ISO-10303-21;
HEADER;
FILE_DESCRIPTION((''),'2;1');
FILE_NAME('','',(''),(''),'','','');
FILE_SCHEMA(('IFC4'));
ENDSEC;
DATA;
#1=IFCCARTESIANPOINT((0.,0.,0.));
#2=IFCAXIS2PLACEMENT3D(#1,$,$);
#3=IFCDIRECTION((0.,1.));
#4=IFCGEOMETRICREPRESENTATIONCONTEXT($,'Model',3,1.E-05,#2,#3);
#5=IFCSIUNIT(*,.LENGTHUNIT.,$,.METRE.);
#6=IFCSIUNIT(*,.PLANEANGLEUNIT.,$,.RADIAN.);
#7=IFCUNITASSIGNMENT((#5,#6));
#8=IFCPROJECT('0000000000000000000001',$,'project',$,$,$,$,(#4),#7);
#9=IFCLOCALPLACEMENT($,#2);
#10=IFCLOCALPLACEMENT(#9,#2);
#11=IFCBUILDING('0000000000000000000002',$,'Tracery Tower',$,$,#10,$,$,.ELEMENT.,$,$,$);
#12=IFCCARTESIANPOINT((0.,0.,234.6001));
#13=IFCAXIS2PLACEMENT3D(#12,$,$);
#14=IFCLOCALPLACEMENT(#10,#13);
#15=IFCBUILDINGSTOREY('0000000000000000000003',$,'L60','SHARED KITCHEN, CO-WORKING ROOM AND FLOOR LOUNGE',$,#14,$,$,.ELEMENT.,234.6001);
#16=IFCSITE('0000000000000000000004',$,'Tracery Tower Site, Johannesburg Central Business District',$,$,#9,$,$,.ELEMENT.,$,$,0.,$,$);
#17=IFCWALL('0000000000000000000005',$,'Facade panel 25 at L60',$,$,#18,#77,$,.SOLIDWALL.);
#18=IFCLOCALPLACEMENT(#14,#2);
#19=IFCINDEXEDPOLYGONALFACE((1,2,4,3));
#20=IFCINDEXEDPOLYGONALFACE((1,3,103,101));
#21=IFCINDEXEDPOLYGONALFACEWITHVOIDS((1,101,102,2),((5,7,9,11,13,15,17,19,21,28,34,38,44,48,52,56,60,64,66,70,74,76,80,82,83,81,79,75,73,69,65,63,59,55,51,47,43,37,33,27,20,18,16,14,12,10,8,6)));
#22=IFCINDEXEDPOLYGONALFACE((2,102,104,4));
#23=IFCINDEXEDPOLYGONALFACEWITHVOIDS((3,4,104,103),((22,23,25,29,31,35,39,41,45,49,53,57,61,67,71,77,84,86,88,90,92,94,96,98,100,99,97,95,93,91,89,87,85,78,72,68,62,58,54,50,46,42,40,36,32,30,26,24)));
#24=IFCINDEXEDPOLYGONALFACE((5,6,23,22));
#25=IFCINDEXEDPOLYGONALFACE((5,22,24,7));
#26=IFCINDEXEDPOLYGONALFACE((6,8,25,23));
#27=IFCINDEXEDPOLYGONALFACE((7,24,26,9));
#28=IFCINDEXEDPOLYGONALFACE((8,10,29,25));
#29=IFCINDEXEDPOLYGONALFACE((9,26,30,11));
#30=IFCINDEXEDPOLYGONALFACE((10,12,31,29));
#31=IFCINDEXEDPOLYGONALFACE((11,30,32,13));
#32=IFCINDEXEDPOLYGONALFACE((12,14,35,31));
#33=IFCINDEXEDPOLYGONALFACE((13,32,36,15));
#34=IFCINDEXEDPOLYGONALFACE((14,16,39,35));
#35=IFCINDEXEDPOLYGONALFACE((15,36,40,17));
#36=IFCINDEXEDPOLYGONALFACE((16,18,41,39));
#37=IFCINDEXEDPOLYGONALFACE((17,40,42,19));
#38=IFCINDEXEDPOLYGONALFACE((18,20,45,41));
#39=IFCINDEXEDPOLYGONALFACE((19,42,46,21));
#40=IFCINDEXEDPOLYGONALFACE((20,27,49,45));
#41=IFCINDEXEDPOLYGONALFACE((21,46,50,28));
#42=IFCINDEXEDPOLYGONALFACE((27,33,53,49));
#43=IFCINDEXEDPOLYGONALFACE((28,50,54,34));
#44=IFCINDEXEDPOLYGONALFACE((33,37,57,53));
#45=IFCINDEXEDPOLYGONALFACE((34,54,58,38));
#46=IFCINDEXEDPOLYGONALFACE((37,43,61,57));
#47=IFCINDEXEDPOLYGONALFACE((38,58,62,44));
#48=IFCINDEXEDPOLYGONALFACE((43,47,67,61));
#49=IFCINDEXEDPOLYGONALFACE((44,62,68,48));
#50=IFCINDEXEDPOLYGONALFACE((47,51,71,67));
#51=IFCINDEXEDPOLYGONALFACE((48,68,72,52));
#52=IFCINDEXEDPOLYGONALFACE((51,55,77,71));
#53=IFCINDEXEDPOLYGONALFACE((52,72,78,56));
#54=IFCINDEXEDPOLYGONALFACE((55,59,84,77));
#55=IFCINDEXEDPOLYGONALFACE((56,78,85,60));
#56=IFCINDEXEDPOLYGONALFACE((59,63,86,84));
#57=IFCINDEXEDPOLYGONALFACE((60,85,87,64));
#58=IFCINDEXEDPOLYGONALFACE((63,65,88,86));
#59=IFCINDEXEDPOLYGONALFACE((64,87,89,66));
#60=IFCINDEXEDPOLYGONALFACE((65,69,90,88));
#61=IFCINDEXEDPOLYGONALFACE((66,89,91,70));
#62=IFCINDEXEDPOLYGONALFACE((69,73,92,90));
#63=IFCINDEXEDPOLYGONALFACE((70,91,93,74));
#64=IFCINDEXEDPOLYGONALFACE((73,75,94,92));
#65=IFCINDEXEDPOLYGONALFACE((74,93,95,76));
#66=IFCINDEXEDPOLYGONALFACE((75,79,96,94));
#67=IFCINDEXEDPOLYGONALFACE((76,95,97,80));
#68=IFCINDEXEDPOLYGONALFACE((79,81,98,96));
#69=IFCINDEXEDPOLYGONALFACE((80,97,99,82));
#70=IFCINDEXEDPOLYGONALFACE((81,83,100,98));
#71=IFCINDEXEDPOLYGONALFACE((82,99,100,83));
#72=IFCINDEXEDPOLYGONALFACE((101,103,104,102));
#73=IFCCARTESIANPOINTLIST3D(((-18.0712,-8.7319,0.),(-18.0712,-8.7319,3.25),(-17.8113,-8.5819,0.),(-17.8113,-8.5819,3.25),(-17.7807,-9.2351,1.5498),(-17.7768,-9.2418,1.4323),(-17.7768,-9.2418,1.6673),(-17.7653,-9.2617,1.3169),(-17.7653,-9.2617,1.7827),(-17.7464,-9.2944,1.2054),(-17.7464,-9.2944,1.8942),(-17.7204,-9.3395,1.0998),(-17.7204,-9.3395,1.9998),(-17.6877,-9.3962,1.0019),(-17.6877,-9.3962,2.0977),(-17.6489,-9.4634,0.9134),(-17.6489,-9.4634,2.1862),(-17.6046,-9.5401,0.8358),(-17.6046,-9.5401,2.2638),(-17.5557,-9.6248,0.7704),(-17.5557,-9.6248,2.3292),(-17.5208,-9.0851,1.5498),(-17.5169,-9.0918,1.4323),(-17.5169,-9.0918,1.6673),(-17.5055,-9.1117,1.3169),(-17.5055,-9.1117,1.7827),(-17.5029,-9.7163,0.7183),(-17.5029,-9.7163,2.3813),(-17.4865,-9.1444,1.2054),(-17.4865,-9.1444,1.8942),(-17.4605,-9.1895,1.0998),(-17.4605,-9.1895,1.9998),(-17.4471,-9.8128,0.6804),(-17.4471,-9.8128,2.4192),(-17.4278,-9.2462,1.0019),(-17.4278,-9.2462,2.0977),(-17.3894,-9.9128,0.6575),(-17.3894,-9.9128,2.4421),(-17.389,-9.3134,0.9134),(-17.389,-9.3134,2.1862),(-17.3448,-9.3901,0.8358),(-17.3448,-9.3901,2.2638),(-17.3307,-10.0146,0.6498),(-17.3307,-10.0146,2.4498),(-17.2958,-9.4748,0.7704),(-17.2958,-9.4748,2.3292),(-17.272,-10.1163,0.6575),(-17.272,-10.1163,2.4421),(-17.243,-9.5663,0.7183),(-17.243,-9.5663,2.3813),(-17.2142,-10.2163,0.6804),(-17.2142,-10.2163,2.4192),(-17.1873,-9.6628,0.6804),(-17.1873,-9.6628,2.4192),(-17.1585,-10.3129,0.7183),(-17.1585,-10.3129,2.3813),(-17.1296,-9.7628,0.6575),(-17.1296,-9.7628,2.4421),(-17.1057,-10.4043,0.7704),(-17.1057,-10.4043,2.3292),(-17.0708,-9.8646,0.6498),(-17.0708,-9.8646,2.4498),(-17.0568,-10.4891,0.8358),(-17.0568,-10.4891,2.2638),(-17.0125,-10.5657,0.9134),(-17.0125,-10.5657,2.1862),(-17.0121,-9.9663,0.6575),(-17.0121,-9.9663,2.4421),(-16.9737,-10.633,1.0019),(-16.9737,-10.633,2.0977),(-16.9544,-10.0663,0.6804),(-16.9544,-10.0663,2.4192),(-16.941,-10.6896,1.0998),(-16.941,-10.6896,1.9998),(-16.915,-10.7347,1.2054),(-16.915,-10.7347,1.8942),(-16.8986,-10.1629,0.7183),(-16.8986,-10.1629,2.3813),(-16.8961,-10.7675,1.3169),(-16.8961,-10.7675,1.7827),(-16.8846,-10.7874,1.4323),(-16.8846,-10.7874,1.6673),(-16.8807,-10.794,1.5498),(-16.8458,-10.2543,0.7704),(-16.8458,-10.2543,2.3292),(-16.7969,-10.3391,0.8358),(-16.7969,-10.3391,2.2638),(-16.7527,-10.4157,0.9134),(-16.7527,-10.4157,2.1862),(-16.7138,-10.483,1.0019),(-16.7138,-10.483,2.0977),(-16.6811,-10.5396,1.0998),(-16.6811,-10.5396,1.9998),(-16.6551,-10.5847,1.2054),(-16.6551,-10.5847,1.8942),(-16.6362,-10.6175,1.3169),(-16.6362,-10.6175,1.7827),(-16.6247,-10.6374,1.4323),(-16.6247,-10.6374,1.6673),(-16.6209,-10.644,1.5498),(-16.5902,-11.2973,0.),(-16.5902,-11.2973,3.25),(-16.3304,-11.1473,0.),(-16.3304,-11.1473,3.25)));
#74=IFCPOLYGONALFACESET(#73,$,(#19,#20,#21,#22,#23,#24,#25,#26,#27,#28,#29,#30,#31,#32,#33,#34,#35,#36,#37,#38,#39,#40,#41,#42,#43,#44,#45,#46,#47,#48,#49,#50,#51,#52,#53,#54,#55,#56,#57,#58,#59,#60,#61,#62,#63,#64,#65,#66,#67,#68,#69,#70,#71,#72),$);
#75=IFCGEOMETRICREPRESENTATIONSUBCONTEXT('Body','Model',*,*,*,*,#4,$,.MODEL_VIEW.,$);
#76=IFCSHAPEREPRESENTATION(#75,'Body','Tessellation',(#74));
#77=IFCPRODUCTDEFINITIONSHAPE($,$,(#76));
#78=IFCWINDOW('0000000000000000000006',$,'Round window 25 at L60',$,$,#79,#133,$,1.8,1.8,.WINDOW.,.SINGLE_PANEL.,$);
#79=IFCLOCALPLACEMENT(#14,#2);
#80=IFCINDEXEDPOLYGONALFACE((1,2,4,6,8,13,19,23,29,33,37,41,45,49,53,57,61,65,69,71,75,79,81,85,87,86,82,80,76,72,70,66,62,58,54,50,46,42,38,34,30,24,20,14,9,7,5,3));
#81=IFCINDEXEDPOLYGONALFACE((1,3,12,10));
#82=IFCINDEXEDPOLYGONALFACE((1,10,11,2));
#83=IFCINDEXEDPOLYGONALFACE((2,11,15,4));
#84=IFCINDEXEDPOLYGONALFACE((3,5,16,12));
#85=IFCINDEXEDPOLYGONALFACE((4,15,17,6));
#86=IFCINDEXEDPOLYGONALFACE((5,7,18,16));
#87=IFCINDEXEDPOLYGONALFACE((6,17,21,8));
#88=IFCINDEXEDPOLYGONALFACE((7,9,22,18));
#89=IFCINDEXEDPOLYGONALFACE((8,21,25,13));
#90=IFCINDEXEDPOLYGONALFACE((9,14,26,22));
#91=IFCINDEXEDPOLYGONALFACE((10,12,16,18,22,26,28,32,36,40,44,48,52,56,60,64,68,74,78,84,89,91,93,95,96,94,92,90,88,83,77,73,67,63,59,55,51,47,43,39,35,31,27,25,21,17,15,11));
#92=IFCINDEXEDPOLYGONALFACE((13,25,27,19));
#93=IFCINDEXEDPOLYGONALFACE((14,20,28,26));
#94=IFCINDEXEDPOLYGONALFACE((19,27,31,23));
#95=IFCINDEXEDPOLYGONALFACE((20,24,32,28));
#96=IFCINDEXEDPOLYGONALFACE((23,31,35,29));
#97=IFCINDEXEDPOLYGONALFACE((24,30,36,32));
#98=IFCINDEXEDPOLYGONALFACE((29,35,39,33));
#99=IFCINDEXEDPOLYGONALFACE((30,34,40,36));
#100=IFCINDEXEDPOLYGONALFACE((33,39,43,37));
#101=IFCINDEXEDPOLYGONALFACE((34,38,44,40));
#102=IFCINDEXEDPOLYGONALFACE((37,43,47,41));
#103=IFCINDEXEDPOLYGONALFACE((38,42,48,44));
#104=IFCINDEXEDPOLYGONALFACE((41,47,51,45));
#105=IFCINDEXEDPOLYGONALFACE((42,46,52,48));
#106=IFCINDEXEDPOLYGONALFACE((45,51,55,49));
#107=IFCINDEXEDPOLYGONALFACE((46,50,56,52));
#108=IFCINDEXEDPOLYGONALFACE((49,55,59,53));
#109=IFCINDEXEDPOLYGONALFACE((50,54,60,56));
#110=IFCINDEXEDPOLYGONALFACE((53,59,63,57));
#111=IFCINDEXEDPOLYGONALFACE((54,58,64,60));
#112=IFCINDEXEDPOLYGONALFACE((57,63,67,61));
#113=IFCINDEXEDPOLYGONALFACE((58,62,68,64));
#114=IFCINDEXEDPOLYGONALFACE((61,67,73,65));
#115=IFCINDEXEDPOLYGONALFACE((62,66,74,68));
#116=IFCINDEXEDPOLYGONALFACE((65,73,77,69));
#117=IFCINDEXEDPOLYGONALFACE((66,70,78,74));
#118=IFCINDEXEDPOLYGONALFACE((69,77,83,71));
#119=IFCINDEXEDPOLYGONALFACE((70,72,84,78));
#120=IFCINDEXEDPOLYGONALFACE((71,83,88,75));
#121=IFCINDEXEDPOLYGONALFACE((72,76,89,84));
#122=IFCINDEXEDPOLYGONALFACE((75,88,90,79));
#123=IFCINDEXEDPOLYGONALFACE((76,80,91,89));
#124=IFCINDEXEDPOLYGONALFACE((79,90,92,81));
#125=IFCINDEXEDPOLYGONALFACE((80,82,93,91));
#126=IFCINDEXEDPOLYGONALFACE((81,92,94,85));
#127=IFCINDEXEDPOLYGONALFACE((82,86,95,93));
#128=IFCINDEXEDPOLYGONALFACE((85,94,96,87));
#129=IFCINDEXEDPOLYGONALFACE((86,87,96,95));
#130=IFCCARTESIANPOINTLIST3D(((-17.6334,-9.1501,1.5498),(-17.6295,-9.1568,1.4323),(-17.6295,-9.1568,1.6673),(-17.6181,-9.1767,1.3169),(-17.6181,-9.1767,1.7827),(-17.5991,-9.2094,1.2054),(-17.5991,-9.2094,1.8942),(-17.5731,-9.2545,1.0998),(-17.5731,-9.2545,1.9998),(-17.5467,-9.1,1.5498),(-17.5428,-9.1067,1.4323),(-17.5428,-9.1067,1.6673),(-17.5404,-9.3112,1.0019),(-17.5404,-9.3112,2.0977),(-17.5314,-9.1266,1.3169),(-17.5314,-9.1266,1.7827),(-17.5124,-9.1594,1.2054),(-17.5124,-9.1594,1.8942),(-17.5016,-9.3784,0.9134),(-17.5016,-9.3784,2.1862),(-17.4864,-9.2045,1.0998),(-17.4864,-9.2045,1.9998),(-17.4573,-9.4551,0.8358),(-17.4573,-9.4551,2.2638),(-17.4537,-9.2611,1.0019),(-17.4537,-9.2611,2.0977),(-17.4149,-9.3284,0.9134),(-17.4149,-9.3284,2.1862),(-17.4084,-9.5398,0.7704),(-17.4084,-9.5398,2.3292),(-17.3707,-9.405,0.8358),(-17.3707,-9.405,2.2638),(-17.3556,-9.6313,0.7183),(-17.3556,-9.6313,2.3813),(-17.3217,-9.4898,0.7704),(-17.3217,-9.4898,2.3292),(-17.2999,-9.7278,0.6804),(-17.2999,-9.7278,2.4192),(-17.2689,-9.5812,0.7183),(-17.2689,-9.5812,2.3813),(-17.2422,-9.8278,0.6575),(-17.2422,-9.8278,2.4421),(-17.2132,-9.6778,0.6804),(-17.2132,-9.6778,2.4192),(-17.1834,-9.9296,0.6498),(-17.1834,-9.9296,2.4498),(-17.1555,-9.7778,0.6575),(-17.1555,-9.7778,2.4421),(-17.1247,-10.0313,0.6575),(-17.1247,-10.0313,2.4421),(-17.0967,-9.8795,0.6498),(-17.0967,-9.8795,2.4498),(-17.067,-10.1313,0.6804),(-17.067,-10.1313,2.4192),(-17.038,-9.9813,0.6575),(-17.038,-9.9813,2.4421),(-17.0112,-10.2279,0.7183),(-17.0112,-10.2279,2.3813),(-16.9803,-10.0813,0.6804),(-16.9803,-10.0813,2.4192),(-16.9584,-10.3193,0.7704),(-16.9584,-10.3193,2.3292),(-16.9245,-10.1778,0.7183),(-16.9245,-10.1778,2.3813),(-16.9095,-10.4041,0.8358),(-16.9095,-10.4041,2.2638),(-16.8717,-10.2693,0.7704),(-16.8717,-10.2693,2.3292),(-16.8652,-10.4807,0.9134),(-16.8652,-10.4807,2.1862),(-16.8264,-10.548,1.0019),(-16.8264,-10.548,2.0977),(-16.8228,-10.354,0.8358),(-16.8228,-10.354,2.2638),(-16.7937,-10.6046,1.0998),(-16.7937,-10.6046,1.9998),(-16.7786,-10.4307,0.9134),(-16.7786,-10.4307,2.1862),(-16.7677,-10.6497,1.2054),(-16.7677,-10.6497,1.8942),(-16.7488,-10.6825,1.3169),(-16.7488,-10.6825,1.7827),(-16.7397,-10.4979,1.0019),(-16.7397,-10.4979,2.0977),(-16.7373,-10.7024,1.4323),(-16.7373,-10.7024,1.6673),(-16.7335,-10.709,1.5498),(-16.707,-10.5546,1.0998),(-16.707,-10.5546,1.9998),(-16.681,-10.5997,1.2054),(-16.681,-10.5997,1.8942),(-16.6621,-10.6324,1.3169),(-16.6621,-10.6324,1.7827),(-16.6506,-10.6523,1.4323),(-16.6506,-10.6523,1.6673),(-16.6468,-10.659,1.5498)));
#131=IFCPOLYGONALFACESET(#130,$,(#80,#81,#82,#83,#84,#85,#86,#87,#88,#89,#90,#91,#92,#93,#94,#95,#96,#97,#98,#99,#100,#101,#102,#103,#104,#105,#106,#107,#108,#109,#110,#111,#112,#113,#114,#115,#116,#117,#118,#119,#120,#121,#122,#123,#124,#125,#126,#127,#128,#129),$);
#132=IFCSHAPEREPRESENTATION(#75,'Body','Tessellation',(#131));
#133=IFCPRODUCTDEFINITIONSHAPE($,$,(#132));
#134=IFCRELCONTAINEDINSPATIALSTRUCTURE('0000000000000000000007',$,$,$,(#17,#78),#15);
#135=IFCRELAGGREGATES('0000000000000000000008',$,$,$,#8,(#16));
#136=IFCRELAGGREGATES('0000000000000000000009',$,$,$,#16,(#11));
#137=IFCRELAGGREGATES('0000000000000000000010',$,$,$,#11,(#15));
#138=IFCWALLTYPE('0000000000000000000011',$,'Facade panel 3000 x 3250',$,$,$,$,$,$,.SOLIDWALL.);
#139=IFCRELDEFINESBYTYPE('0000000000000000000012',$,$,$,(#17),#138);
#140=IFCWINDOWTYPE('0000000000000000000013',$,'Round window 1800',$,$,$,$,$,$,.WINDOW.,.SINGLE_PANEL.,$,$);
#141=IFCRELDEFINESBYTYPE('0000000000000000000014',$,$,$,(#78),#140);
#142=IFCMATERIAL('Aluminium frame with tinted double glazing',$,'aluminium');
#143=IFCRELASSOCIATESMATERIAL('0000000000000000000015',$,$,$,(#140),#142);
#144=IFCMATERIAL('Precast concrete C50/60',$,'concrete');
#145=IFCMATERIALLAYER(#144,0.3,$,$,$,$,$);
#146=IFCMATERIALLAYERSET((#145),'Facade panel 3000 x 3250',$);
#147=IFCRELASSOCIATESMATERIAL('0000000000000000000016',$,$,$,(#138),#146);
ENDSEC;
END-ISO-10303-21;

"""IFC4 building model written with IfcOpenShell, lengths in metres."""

from ifc_helpers import new_model, si_unit, direction, frame, frame_2d, origin, origin_2d, place, context, subcontext, project, spatial, rectangle, circle, extrude, material, layer, layer_set, type_object, element, fill, save


model = new_model("IFC4")

# Units and contexts
model_context = context("Model", 3, precision=1e-05, world=origin(), true_north=direction((0.0, 1.0)))
body_context = subcontext(model_context, "Body", "Model", "MODEL_VIEW")
ifc_project = project(units=[si_unit("LENGTHUNIT", "METRE"), si_unit("PLANEANGLEUNIT", "RADIAN")], contexts=[model_context])

# Site, building, storey
site_placement = place(None, origin())
site = spatial("IfcSite", under=ifc_project, at=site_placement, Name="Tracery Tower Site, Johannesburg Central Business District", CompositionType="ELEMENT", RefElevation=0.0)
building_placement = place(site_placement, origin())
building = spatial("IfcBuilding", under=site, at=building_placement, Name="Tracery Tower", CompositionType="ELEMENT")
storey_placement = place(building_placement, frame((0.0, 0.0, 234.6001)))
storey = spatial("IfcBuildingStorey", under=building, at=storey_placement, Name="L60", Description="SHARED KITCHEN, CO-WORKING ROOM AND FLOOR LOUNGE", CompositionType="ELEMENT", Elevation=234.6001)

# Wall, opening, window
ifc_material_1 = material(Name="Aluminium frame with tinted double glazing", Category="aluminium")
window_type = type_object("IfcWindowType", Name="Round window 1800", PartitioningType="SINGLE_PANEL", PredefinedType="WINDOW", material=ifc_material_1)
ifc_material_2 = material(Name="Precast concrete C50/60", Category="concrete")
ifc_layer_1 = layer(ifc_material_2, 0.3)
ifc_layer_set_1 = layer_set([ifc_layer_1], Name="Facade panel 3000 x 3250")
wall_type_1 = type_object("IfcWallType", Name="Facade panel 3000 x 3250", PredefinedType="SOLIDWALL", material=ifc_layer_set_1)
wall_1_placement = place(storey_placement, frame((-17.9412, -8.657, 0.0), z_axis=(0.0, 0.0, 1.0), x_axis=(0.499951, -0.866054, 0.0)))
wall_1 = element("IfcWall", 1, at=wall_1_placement, inside=storey, type_object=wall_type_1, Name="Facade panel 25 at L60", PredefinedType="SOLIDWALL", context=body_context, shape_type="SweptSolid", body=[
    extrude(rectangle(XDim=2.9622, YDim=0.3, at=frame_2d((1.481, 0.0))), origin(), (0.0, 0.0, 1.0), 3.25),
])
opening_1_placement = place(wall_1_placement, frame((1.481, 0.0, 1.5498)))
opening_1 = element("IfcOpeningElement", 2, at=opening_1_placement, cuts=wall_1, PredefinedType="OPENING", context=body_context, shape_type="SweptSolid", body=[
    extrude(circle(Radius=0.9, at=origin_2d()), frame((0.0, 0.1599, 0.0), z_axis=(0.0, -1.0, 0.0), x_axis=(1.0, 0.0, 0.0)), (0.0, 0.0, 1.0), 0.3201),
])
window_1_placement = place(opening_1_placement, origin())
window_1 = element("IfcWindow", 3, at=window_1_placement, inside=storey, type_object=window_type, Name="Round window 25 at L60", OverallHeight=1.8, OverallWidth=1.8, PartitioningType="SINGLE_PANEL", PredefinedType="WINDOW", context=body_context, shape_type="SweptSolid", body=[
    extrude(circle(Radius=0.9, at=origin_2d()), frame((0.0, 0.1201, 0.0), z_axis=(0.0, -1.0, 0.0), x_axis=(1.0, 0.0, 0.0)), (0.0, 0.0, 1.0), 0.1001),
])
fill(opening_1, window_1)

save(model, "model.ifc")
